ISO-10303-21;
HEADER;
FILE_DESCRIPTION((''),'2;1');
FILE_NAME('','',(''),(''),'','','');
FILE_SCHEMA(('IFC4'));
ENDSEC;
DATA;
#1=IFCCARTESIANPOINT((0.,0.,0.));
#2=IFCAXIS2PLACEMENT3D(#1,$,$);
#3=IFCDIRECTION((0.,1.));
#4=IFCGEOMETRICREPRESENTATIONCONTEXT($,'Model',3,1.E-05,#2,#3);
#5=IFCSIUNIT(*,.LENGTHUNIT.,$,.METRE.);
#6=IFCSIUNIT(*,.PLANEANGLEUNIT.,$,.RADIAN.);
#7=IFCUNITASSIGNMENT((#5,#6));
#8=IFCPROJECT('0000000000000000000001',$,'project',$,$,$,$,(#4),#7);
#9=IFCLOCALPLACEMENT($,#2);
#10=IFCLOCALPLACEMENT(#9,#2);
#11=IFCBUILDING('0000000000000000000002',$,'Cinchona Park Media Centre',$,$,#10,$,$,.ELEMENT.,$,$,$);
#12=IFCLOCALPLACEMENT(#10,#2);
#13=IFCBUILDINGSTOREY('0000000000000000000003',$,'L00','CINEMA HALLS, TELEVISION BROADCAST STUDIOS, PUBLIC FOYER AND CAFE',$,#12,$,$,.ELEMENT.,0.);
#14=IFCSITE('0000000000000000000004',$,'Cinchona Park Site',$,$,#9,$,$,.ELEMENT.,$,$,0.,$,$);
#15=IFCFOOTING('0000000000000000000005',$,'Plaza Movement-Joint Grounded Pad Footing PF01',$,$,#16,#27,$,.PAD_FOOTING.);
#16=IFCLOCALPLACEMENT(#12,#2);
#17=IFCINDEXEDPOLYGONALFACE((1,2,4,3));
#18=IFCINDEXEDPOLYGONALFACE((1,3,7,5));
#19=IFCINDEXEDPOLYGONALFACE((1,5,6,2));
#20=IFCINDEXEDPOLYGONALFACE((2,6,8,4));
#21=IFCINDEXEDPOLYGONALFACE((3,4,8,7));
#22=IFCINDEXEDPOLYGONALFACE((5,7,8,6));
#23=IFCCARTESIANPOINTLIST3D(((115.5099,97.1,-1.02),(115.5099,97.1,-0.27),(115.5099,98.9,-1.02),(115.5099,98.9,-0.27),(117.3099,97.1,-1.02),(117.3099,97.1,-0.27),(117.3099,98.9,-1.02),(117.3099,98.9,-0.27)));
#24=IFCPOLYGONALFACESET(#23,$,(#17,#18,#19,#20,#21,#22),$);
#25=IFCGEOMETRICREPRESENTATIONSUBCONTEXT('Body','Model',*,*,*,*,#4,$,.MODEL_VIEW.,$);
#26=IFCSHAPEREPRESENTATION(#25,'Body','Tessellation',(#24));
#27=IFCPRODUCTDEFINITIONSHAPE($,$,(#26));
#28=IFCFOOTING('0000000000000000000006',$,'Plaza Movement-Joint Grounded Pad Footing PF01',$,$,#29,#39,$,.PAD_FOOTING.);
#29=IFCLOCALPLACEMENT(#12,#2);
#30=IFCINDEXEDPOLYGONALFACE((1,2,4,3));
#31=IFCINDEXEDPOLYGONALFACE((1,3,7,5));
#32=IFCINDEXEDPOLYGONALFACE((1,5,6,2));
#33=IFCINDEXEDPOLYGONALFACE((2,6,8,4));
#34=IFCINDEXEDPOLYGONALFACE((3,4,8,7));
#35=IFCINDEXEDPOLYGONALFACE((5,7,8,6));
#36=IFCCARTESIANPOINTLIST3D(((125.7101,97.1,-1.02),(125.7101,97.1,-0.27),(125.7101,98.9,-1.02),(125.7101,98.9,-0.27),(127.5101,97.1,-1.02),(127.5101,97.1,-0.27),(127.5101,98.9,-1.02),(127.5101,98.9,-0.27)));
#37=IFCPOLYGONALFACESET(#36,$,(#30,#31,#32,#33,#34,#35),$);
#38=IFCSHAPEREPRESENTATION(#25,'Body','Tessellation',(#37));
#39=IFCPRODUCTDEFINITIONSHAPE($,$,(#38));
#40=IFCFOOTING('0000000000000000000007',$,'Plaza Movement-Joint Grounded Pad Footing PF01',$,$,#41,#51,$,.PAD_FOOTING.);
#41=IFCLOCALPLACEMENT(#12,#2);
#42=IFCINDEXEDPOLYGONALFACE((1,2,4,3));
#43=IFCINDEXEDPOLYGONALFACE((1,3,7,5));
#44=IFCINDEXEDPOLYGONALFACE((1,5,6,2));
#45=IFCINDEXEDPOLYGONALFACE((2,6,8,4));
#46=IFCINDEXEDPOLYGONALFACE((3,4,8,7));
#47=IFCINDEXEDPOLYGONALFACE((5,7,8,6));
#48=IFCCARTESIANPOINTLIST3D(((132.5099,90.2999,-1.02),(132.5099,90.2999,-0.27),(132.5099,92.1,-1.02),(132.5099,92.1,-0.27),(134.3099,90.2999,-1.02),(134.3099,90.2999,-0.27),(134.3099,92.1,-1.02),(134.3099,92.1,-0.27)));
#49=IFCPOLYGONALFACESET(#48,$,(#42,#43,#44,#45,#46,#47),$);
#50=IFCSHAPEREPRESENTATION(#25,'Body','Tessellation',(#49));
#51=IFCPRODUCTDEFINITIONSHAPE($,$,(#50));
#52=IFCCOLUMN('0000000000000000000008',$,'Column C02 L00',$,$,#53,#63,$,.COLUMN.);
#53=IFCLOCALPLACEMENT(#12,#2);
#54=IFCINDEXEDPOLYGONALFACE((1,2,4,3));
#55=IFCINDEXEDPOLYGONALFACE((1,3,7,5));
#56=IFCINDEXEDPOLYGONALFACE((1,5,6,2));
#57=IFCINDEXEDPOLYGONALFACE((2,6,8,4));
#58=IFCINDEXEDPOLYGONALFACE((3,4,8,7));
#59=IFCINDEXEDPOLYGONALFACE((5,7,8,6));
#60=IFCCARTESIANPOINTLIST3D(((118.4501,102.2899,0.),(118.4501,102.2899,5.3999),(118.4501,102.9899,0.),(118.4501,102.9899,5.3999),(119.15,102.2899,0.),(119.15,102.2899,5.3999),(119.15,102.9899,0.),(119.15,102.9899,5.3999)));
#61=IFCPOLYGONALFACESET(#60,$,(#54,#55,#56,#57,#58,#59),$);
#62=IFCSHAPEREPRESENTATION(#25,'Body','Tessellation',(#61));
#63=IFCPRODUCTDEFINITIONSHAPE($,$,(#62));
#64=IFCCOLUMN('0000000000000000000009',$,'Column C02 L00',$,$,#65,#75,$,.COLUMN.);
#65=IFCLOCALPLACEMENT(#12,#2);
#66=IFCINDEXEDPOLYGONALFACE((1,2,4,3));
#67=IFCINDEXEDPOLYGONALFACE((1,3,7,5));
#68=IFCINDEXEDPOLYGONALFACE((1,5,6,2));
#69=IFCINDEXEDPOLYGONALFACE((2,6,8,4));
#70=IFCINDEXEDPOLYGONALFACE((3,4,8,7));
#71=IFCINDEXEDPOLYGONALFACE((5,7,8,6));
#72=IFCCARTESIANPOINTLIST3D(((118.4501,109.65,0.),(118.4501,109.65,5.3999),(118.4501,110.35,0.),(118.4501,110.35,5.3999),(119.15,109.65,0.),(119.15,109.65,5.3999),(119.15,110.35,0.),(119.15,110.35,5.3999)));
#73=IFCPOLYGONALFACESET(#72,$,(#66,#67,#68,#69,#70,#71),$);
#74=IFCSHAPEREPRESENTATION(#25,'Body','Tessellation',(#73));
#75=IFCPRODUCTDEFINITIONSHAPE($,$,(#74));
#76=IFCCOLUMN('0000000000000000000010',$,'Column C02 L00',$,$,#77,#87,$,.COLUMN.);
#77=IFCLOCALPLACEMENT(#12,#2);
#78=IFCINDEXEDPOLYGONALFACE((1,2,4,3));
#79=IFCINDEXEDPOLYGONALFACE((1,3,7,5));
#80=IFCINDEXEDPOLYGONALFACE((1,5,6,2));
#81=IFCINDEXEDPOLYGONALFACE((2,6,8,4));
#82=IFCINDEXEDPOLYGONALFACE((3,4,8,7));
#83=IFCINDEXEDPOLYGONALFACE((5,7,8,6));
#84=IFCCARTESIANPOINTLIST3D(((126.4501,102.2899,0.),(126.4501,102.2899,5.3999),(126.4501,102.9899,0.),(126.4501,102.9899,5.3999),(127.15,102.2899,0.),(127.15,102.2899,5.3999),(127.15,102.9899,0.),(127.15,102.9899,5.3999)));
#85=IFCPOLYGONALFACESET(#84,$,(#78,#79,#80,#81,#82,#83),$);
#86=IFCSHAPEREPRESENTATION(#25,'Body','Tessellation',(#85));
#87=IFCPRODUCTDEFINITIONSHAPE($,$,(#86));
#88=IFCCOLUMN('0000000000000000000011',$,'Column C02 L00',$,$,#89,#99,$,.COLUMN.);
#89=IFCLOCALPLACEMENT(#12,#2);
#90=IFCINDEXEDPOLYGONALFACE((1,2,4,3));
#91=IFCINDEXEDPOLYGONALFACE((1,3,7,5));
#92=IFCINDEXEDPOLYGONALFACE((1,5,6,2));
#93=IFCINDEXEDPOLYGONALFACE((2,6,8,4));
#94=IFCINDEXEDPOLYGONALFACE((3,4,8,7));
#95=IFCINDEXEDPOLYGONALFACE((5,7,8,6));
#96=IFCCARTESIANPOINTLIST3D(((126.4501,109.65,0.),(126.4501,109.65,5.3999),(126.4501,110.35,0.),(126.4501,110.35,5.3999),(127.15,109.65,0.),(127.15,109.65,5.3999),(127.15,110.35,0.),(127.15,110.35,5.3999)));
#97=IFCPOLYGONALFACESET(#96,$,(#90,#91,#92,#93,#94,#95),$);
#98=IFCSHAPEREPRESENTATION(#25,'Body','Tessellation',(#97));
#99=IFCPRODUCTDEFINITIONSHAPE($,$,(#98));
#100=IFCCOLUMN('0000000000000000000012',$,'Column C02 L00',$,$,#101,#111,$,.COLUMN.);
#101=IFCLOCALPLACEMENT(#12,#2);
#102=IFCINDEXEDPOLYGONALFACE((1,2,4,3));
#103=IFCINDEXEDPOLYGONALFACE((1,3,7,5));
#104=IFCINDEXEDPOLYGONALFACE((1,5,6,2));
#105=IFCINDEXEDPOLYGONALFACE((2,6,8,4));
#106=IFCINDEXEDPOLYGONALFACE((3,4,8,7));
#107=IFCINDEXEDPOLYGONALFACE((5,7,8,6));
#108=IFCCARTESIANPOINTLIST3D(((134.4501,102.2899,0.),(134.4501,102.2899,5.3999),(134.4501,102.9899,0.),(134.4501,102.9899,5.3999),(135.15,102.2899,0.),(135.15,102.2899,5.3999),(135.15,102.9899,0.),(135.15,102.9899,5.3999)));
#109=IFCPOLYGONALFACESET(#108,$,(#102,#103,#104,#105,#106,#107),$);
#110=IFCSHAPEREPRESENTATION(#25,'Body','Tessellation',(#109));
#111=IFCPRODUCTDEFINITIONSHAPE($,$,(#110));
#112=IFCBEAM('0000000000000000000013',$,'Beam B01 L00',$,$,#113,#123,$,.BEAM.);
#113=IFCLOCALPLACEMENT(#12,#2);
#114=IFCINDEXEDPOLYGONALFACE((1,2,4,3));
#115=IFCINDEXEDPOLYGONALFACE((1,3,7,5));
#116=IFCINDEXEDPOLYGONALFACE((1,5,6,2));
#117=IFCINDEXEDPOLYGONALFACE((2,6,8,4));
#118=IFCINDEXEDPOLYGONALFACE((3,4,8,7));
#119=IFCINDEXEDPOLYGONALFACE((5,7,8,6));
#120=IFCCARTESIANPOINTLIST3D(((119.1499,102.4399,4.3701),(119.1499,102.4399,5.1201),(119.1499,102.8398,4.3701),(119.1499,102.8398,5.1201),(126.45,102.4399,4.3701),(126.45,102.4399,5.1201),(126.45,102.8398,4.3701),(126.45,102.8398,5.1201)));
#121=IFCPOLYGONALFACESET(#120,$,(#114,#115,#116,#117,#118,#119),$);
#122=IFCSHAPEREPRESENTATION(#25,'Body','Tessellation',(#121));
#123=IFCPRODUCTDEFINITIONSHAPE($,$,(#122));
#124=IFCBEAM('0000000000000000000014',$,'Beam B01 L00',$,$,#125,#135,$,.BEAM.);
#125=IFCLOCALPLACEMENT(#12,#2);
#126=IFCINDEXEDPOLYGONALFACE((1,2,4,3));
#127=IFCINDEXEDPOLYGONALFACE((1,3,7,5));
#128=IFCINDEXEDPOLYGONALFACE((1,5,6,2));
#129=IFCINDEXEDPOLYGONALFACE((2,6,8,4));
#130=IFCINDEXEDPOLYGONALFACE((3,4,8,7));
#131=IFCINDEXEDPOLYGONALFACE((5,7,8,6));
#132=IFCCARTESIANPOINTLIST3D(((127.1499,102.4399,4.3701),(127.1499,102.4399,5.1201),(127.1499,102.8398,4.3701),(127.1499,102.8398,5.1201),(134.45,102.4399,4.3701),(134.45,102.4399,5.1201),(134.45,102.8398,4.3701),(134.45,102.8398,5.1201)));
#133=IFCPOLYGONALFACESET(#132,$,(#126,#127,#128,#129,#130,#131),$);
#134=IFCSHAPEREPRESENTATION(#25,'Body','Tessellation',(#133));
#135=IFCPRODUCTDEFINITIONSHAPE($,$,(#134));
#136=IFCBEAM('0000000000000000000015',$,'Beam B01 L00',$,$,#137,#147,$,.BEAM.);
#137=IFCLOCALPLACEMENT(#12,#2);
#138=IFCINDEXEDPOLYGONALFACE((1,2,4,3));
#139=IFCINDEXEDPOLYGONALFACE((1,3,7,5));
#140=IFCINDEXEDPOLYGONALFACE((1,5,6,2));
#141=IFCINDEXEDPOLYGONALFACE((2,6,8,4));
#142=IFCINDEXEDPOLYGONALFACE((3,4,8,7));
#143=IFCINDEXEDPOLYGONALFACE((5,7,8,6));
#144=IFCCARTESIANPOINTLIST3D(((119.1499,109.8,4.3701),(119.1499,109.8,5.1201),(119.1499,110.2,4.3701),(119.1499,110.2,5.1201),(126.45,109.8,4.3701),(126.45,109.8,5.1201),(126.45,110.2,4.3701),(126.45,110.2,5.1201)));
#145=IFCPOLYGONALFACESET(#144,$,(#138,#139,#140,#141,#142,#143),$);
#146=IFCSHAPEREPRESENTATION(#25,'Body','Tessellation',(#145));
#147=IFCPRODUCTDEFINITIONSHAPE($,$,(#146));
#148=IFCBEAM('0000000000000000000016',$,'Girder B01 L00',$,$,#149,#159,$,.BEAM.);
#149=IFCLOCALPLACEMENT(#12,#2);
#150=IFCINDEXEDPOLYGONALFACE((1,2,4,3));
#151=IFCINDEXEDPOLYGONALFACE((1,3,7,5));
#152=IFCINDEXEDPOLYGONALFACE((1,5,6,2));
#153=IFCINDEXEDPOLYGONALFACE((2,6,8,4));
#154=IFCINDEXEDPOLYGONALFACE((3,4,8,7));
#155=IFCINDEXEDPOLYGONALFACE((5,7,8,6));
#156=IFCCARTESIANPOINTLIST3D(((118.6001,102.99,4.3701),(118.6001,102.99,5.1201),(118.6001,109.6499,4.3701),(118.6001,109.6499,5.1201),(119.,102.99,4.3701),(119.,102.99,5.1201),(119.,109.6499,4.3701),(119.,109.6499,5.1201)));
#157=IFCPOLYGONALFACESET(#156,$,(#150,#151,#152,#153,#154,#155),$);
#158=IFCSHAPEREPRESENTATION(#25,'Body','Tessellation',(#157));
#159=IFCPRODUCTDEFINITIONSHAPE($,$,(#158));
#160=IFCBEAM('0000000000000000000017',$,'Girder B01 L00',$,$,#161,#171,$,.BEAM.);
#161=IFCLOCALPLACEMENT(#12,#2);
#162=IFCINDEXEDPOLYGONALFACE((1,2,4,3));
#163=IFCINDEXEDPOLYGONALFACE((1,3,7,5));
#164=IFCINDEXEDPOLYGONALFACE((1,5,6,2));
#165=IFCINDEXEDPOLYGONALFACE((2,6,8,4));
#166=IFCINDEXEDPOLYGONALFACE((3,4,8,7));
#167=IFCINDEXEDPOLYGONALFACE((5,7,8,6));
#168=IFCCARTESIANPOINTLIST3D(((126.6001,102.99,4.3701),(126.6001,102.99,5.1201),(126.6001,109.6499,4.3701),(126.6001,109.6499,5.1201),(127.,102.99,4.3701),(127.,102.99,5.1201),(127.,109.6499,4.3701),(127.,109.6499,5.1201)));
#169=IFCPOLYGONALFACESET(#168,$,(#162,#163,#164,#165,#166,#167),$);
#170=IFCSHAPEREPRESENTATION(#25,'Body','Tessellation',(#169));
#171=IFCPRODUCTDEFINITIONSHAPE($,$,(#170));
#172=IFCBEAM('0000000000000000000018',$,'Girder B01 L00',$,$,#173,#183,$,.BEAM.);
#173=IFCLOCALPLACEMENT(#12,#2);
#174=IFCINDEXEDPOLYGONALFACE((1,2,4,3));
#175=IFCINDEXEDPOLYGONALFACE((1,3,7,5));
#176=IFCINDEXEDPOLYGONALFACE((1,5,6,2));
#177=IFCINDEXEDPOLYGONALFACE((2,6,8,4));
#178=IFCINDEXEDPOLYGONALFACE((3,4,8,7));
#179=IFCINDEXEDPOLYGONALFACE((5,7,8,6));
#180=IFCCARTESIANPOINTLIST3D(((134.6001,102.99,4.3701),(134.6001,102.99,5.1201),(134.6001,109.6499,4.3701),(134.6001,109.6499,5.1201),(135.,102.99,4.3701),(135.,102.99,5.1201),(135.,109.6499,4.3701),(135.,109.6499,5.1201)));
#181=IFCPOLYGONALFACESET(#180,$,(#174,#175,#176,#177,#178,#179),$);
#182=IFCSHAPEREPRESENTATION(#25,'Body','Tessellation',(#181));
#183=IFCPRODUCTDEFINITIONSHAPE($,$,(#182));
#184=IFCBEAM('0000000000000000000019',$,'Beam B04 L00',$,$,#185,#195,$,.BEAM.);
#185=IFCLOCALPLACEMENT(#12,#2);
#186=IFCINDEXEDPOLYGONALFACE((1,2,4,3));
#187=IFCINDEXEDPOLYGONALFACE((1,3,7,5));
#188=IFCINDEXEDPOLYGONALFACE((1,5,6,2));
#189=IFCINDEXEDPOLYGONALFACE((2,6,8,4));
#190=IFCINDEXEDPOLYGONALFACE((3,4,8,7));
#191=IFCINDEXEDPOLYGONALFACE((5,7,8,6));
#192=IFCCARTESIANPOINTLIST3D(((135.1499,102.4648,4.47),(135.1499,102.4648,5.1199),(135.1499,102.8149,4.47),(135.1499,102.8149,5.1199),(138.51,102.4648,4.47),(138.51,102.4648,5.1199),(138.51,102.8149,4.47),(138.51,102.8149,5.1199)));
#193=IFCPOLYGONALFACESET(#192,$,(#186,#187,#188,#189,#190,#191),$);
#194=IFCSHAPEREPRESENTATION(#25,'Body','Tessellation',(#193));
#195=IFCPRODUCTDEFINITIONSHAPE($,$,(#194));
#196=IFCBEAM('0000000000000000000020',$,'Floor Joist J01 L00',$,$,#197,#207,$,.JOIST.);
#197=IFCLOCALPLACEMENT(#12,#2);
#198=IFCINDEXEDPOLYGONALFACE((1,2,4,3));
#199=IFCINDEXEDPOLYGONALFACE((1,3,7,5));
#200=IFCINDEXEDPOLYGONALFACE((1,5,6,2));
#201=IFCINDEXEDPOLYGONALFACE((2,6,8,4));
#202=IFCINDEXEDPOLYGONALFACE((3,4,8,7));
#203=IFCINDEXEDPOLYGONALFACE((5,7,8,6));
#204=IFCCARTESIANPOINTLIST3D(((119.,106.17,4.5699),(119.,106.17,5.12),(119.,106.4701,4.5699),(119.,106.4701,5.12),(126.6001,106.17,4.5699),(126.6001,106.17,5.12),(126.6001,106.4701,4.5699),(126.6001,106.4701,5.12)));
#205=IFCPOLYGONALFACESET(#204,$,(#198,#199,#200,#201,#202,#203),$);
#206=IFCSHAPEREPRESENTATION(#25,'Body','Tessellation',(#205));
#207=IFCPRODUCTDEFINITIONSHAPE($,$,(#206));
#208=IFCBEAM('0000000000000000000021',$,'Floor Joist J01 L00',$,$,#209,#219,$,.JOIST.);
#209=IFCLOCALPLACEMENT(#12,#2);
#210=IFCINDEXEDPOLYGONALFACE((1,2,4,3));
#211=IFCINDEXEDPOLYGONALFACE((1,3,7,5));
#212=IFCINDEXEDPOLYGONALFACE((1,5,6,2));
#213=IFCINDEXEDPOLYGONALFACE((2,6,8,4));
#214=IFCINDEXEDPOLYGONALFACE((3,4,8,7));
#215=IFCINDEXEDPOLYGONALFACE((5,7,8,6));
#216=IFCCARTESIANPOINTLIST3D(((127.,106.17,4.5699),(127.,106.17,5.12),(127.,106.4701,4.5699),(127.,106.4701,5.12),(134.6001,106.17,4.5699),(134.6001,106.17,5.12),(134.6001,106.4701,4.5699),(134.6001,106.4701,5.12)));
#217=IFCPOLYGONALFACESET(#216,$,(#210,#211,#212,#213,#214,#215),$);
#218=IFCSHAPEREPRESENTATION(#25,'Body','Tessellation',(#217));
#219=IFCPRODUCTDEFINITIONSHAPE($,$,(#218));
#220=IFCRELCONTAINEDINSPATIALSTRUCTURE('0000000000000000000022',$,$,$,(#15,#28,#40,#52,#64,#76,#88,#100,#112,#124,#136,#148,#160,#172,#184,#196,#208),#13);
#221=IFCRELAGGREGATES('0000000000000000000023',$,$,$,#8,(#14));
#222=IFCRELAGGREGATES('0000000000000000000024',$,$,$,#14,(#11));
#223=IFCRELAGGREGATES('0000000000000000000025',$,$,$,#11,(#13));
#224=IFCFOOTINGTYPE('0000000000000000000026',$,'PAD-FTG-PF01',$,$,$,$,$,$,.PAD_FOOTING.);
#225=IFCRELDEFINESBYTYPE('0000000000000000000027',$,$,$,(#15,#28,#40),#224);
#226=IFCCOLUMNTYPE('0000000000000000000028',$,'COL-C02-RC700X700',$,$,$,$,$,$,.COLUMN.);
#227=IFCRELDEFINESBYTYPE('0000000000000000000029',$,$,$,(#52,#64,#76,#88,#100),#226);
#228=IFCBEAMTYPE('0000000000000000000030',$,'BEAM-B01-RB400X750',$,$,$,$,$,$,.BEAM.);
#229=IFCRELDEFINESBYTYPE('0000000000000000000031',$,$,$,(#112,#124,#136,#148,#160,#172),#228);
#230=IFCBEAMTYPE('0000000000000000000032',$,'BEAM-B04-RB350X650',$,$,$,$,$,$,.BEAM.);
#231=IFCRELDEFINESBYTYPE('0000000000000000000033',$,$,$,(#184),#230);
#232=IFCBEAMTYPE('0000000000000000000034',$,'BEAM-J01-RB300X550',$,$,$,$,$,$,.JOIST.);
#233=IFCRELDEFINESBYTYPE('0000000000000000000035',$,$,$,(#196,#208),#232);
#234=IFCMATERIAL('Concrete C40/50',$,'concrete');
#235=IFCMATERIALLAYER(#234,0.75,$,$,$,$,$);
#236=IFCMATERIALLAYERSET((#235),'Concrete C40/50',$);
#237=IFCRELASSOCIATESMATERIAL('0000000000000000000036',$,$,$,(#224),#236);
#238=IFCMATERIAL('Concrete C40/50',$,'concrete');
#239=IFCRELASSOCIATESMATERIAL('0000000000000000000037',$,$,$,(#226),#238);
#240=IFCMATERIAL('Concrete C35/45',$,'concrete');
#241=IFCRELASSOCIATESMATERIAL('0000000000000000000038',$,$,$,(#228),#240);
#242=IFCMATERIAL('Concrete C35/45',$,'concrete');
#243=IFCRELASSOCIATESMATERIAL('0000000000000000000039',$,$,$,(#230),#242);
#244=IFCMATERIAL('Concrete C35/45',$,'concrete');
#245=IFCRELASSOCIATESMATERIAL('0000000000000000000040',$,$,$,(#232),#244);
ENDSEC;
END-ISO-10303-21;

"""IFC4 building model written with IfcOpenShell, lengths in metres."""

from ifc_helpers import new_model, si_unit, direction, frame, origin, origin_2d, place, context, subcontext, project, spatial, rectangle, extrude, material, layer, layer_set, material_profile, profile_set, type_object, element, save


model = new_model("IFC4")

# Units and contexts
model_context = context("Model", 3, precision=1e-05, world=origin(), true_north=direction((0.0, 1.0)))
body_context = subcontext(model_context, "Body", "Model", "MODEL_VIEW")
ifc_project = project(units=[si_unit("LENGTHUNIT", "METRE"), si_unit("PLANEANGLEUNIT", "RADIAN")], contexts=[model_context])

# Site, building, storey
site_placement = place(None, origin())
site = spatial("IfcSite", under=ifc_project, at=site_placement, Name="Cinchona Park Site", CompositionType="ELEMENT", RefElevation=0.0)
building_placement = place(site_placement, origin())
building = spatial("IfcBuilding", under=site, at=building_placement, Name="Cinchona Park Media Centre", CompositionType="ELEMENT")
storey_placement = place(building_placement, origin())
storey = spatial("IfcBuildingStorey", under=building, at=storey_placement, Name="L00", Description="CINEMA HALLS, TELEVISION BROADCAST STUDIOS, PUBLIC FOYER AND CAFE", CompositionType="ELEMENT", Elevation=0.0)

# Footings
ifc_material_1 = material(Name="Concrete C40/50", Category="concrete")
ifc_layer_1 = layer(ifc_material_1, 0.75)
ifc_layer_set_1 = layer_set([ifc_layer_1], Name="Concrete C40/50")
footing_type = type_object("IfcFootingType", Name="PAD-FTG-PF01", PredefinedType="PAD_FOOTING", material=ifc_layer_set_1)
for number, where, z_axis, x_axis, name in (
    (1, (116.4099, 98.0, -1.02), (0.0, 0.0, 1.0), (1.0, 0.0, 0.0), "Plaza Movement-Joint Grounded Pad Footing PF01"),
    (2, (126.6101, 98.0, -1.02), (0.0, 0.0, 1.0), (1.0, 0.0, 0.0), "Plaza Movement-Joint Grounded Pad Footing PF01"),
    (3, (133.4099, 91.2, -1.02), (0.0, 0.0, 1.0), (1.0, 0.0, 0.0), "Plaza Movement-Joint Grounded Pad Footing PF01"),
):
    element("IfcFooting", number, at=place(storey_placement, frame(where, z_axis=z_axis, x_axis=x_axis)), inside=storey, type_object=footing_type, Name=name, PredefinedType="PAD_FOOTING", context=body_context, shape_type="SweptSolid", body=[
        extrude(rectangle(XDim=1.8, YDim=1.8, at=origin_2d()), origin(), (0.0, 0.0, 1.0), 0.75),
    ])

# Columns
ifc_material_2 = material(Name="Concrete C40/50", Category="concrete")
ifc_material_profile_1 = material_profile(ifc_material_2, rectangle(XDim=0.7, YDim=0.7, at=origin_2d()), Name="RC 700X700")
ifc_profile_set_1 = profile_set([ifc_material_profile_1], Name="Concrete C40/50")
column_type = type_object("IfcColumnType", Name="COL-C02-RC700X700", PredefinedType="COLUMN", material=ifc_profile_set_1)
for number, where, z_axis, x_axis, name in (
    (4, (118.8, 102.6399, 0.0), (0.0, 0.0, 1.0), (1.0, 0.0, 0.0), "Column C02 L00"),
    (5, (118.8, 110.0, 0.0), (0.0, 0.0, 1.0), (1.0, 0.0, 0.0), "Column C02 L00"),
    (6, (126.8, 102.6399, 0.0), (0.0, 0.0, 1.0), (1.0, 0.0, 0.0), "Column C02 L00"),
    (7, (126.8, 110.0, 0.0), (0.0, 0.0, 1.0), (1.0, 0.0, 0.0), "Column C02 L00"),
    (8, (134.8, 102.6399, 0.0), (0.0, 0.0, 1.0), (1.0, 0.0, 0.0), "Column C02 L00"),
):
    element("IfcColumn", number, at=place(storey_placement, frame(where, z_axis=z_axis, x_axis=x_axis)), inside=storey, type_object=column_type, Name=name, PredefinedType="COLUMN", context=body_context, shape_type="SweptSolid", body=[
        extrude(rectangle(XDim=0.7, YDim=0.7, at=origin_2d()), origin(), (0.0, 0.0, 1.0), 5.3999),
    ])

# Beams
ifc_material_3 = material(Name="Concrete C35/45", Category="concrete")
ifc_material_profile_2 = material_profile(ifc_material_3, rectangle(XDim=0.3999, YDim=0.75, at=origin_2d()), Name="RB 400X750")
ifc_profile_set_2 = profile_set([ifc_material_profile_2], Name="Concrete C35/45")
beam_type_1 = type_object("IfcBeamType", Name="BEAM-B01-RB400X750", PredefinedType="BEAM", material=ifc_profile_set_2)
for number, where, z_axis, x_axis, name in (
    (9, (119.1499, 102.6399, 4.7451), (1.0, 0.0, 0.0), (0.0, 1.0, 0.0), "Beam B01 L00"),
    (10, (127.1499, 102.6399, 4.7451), (1.0, 0.0, 0.0), (0.0, 1.0, 0.0), "Beam B01 L00"),
    (11, (119.1499, 110.0, 4.7451), (1.0, 0.0, 0.0), (0.0, 1.0, 0.0), "Beam B01 L00"),
):
    element("IfcBeam", number, at=place(storey_placement, frame(where, z_axis=z_axis, x_axis=x_axis)), inside=storey, type_object=beam_type_1, Name=name, PredefinedType="BEAM", context=body_context, shape_type="SweptSolid", body=[
        extrude(rectangle(XDim=0.3999, YDim=0.75, at=origin_2d()), origin(), (0.0, 0.0, 1.0), 7.3),
    ])
for number, where, z_axis, x_axis, name in (
    (12, (118.8, 102.99, 4.7451), (0.0, 1.0, 0.0), (-1.0, 0.0, 0.0), "Girder B01 L00"),
    (13, (126.8, 102.99, 4.7451), (0.0, 1.0, 0.0), (-1.0, 0.0, 0.0), "Girder B01 L00"),
    (14, (134.8, 102.99, 4.7451), (0.0, 1.0, 0.0), (-1.0, 0.0, 0.0), "Girder B01 L00"),
):
    element("IfcBeam", number, at=place(storey_placement, frame(where, z_axis=z_axis, x_axis=x_axis)), inside=storey, type_object=beam_type_1, Name=name, PredefinedType="BEAM", context=body_context, shape_type="SweptSolid", body=[
        extrude(rectangle(XDim=0.3999, YDim=0.75, at=origin_2d()), origin(), (0.0, 0.0, 1.0), 6.6599),
    ])
ifc_material_4 = material(Name="Concrete C35/45", Category="concrete")
ifc_material_profile_3 = material_profile(ifc_material_4, rectangle(XDim=0.3501, YDim=0.6499, at=origin_2d()), Name="RB 350X650")
ifc_profile_set_3 = profile_set([ifc_material_profile_3], Name="Concrete C35/45")
beam_type_2 = type_object("IfcBeamType", Name="BEAM-B04-RB350X650", PredefinedType="BEAM", material=ifc_profile_set_3)
beam_placement = place(storey_placement, frame((135.1499, 102.6399, 4.7949), z_axis=(1.0, 0.0, 0.0), x_axis=(0.0, 1.0, 0.0)))
element("IfcBeam", 15, at=beam_placement, inside=storey, type_object=beam_type_2, Name="Beam B04 L00", PredefinedType="BEAM", context=body_context, shape_type="SweptSolid", body=[
    extrude(rectangle(XDim=0.3501, YDim=0.6499, at=origin_2d()), origin(), (0.0, 0.0, 1.0), 3.3601),
])
ifc_material_5 = material(Name="Concrete C35/45", Category="concrete")
ifc_material_profile_4 = material_profile(ifc_material_5, rectangle(XDim=0.3, YDim=0.55, at=origin_2d()), Name="RB 300X550")
ifc_profile_set_4 = profile_set([ifc_material_profile_4], Name="Concrete C35/45")
beam_type_3 = type_object("IfcBeamType", Name="BEAM-J01-RB300X550", PredefinedType="JOIST", material=ifc_profile_set_4)
for number, where, z_axis, x_axis, name in (
    (16, (119.0, 106.3201, 4.845), (1.0, 0.0, 0.0), (0.0, 1.0, 0.0), "Floor Joist J01 L00"),
    (17, (127.0, 106.3201, 4.845), (1.0, 0.0, 0.0), (0.0, 1.0, 0.0), "Floor Joist J01 L00"),
):
    element("IfcBeam", number, at=place(storey_placement, frame(where, z_axis=z_axis, x_axis=x_axis)), inside=storey, type_object=beam_type_3, Name=name, PredefinedType="JOIST", context=body_context, shape_type="SweptSolid", body=[
        extrude(rectangle(XDim=0.3, YDim=0.55, at=origin_2d()), origin(), (0.0, 0.0, 1.0), 7.6001),
    ])

save(model, "model.ifc")
